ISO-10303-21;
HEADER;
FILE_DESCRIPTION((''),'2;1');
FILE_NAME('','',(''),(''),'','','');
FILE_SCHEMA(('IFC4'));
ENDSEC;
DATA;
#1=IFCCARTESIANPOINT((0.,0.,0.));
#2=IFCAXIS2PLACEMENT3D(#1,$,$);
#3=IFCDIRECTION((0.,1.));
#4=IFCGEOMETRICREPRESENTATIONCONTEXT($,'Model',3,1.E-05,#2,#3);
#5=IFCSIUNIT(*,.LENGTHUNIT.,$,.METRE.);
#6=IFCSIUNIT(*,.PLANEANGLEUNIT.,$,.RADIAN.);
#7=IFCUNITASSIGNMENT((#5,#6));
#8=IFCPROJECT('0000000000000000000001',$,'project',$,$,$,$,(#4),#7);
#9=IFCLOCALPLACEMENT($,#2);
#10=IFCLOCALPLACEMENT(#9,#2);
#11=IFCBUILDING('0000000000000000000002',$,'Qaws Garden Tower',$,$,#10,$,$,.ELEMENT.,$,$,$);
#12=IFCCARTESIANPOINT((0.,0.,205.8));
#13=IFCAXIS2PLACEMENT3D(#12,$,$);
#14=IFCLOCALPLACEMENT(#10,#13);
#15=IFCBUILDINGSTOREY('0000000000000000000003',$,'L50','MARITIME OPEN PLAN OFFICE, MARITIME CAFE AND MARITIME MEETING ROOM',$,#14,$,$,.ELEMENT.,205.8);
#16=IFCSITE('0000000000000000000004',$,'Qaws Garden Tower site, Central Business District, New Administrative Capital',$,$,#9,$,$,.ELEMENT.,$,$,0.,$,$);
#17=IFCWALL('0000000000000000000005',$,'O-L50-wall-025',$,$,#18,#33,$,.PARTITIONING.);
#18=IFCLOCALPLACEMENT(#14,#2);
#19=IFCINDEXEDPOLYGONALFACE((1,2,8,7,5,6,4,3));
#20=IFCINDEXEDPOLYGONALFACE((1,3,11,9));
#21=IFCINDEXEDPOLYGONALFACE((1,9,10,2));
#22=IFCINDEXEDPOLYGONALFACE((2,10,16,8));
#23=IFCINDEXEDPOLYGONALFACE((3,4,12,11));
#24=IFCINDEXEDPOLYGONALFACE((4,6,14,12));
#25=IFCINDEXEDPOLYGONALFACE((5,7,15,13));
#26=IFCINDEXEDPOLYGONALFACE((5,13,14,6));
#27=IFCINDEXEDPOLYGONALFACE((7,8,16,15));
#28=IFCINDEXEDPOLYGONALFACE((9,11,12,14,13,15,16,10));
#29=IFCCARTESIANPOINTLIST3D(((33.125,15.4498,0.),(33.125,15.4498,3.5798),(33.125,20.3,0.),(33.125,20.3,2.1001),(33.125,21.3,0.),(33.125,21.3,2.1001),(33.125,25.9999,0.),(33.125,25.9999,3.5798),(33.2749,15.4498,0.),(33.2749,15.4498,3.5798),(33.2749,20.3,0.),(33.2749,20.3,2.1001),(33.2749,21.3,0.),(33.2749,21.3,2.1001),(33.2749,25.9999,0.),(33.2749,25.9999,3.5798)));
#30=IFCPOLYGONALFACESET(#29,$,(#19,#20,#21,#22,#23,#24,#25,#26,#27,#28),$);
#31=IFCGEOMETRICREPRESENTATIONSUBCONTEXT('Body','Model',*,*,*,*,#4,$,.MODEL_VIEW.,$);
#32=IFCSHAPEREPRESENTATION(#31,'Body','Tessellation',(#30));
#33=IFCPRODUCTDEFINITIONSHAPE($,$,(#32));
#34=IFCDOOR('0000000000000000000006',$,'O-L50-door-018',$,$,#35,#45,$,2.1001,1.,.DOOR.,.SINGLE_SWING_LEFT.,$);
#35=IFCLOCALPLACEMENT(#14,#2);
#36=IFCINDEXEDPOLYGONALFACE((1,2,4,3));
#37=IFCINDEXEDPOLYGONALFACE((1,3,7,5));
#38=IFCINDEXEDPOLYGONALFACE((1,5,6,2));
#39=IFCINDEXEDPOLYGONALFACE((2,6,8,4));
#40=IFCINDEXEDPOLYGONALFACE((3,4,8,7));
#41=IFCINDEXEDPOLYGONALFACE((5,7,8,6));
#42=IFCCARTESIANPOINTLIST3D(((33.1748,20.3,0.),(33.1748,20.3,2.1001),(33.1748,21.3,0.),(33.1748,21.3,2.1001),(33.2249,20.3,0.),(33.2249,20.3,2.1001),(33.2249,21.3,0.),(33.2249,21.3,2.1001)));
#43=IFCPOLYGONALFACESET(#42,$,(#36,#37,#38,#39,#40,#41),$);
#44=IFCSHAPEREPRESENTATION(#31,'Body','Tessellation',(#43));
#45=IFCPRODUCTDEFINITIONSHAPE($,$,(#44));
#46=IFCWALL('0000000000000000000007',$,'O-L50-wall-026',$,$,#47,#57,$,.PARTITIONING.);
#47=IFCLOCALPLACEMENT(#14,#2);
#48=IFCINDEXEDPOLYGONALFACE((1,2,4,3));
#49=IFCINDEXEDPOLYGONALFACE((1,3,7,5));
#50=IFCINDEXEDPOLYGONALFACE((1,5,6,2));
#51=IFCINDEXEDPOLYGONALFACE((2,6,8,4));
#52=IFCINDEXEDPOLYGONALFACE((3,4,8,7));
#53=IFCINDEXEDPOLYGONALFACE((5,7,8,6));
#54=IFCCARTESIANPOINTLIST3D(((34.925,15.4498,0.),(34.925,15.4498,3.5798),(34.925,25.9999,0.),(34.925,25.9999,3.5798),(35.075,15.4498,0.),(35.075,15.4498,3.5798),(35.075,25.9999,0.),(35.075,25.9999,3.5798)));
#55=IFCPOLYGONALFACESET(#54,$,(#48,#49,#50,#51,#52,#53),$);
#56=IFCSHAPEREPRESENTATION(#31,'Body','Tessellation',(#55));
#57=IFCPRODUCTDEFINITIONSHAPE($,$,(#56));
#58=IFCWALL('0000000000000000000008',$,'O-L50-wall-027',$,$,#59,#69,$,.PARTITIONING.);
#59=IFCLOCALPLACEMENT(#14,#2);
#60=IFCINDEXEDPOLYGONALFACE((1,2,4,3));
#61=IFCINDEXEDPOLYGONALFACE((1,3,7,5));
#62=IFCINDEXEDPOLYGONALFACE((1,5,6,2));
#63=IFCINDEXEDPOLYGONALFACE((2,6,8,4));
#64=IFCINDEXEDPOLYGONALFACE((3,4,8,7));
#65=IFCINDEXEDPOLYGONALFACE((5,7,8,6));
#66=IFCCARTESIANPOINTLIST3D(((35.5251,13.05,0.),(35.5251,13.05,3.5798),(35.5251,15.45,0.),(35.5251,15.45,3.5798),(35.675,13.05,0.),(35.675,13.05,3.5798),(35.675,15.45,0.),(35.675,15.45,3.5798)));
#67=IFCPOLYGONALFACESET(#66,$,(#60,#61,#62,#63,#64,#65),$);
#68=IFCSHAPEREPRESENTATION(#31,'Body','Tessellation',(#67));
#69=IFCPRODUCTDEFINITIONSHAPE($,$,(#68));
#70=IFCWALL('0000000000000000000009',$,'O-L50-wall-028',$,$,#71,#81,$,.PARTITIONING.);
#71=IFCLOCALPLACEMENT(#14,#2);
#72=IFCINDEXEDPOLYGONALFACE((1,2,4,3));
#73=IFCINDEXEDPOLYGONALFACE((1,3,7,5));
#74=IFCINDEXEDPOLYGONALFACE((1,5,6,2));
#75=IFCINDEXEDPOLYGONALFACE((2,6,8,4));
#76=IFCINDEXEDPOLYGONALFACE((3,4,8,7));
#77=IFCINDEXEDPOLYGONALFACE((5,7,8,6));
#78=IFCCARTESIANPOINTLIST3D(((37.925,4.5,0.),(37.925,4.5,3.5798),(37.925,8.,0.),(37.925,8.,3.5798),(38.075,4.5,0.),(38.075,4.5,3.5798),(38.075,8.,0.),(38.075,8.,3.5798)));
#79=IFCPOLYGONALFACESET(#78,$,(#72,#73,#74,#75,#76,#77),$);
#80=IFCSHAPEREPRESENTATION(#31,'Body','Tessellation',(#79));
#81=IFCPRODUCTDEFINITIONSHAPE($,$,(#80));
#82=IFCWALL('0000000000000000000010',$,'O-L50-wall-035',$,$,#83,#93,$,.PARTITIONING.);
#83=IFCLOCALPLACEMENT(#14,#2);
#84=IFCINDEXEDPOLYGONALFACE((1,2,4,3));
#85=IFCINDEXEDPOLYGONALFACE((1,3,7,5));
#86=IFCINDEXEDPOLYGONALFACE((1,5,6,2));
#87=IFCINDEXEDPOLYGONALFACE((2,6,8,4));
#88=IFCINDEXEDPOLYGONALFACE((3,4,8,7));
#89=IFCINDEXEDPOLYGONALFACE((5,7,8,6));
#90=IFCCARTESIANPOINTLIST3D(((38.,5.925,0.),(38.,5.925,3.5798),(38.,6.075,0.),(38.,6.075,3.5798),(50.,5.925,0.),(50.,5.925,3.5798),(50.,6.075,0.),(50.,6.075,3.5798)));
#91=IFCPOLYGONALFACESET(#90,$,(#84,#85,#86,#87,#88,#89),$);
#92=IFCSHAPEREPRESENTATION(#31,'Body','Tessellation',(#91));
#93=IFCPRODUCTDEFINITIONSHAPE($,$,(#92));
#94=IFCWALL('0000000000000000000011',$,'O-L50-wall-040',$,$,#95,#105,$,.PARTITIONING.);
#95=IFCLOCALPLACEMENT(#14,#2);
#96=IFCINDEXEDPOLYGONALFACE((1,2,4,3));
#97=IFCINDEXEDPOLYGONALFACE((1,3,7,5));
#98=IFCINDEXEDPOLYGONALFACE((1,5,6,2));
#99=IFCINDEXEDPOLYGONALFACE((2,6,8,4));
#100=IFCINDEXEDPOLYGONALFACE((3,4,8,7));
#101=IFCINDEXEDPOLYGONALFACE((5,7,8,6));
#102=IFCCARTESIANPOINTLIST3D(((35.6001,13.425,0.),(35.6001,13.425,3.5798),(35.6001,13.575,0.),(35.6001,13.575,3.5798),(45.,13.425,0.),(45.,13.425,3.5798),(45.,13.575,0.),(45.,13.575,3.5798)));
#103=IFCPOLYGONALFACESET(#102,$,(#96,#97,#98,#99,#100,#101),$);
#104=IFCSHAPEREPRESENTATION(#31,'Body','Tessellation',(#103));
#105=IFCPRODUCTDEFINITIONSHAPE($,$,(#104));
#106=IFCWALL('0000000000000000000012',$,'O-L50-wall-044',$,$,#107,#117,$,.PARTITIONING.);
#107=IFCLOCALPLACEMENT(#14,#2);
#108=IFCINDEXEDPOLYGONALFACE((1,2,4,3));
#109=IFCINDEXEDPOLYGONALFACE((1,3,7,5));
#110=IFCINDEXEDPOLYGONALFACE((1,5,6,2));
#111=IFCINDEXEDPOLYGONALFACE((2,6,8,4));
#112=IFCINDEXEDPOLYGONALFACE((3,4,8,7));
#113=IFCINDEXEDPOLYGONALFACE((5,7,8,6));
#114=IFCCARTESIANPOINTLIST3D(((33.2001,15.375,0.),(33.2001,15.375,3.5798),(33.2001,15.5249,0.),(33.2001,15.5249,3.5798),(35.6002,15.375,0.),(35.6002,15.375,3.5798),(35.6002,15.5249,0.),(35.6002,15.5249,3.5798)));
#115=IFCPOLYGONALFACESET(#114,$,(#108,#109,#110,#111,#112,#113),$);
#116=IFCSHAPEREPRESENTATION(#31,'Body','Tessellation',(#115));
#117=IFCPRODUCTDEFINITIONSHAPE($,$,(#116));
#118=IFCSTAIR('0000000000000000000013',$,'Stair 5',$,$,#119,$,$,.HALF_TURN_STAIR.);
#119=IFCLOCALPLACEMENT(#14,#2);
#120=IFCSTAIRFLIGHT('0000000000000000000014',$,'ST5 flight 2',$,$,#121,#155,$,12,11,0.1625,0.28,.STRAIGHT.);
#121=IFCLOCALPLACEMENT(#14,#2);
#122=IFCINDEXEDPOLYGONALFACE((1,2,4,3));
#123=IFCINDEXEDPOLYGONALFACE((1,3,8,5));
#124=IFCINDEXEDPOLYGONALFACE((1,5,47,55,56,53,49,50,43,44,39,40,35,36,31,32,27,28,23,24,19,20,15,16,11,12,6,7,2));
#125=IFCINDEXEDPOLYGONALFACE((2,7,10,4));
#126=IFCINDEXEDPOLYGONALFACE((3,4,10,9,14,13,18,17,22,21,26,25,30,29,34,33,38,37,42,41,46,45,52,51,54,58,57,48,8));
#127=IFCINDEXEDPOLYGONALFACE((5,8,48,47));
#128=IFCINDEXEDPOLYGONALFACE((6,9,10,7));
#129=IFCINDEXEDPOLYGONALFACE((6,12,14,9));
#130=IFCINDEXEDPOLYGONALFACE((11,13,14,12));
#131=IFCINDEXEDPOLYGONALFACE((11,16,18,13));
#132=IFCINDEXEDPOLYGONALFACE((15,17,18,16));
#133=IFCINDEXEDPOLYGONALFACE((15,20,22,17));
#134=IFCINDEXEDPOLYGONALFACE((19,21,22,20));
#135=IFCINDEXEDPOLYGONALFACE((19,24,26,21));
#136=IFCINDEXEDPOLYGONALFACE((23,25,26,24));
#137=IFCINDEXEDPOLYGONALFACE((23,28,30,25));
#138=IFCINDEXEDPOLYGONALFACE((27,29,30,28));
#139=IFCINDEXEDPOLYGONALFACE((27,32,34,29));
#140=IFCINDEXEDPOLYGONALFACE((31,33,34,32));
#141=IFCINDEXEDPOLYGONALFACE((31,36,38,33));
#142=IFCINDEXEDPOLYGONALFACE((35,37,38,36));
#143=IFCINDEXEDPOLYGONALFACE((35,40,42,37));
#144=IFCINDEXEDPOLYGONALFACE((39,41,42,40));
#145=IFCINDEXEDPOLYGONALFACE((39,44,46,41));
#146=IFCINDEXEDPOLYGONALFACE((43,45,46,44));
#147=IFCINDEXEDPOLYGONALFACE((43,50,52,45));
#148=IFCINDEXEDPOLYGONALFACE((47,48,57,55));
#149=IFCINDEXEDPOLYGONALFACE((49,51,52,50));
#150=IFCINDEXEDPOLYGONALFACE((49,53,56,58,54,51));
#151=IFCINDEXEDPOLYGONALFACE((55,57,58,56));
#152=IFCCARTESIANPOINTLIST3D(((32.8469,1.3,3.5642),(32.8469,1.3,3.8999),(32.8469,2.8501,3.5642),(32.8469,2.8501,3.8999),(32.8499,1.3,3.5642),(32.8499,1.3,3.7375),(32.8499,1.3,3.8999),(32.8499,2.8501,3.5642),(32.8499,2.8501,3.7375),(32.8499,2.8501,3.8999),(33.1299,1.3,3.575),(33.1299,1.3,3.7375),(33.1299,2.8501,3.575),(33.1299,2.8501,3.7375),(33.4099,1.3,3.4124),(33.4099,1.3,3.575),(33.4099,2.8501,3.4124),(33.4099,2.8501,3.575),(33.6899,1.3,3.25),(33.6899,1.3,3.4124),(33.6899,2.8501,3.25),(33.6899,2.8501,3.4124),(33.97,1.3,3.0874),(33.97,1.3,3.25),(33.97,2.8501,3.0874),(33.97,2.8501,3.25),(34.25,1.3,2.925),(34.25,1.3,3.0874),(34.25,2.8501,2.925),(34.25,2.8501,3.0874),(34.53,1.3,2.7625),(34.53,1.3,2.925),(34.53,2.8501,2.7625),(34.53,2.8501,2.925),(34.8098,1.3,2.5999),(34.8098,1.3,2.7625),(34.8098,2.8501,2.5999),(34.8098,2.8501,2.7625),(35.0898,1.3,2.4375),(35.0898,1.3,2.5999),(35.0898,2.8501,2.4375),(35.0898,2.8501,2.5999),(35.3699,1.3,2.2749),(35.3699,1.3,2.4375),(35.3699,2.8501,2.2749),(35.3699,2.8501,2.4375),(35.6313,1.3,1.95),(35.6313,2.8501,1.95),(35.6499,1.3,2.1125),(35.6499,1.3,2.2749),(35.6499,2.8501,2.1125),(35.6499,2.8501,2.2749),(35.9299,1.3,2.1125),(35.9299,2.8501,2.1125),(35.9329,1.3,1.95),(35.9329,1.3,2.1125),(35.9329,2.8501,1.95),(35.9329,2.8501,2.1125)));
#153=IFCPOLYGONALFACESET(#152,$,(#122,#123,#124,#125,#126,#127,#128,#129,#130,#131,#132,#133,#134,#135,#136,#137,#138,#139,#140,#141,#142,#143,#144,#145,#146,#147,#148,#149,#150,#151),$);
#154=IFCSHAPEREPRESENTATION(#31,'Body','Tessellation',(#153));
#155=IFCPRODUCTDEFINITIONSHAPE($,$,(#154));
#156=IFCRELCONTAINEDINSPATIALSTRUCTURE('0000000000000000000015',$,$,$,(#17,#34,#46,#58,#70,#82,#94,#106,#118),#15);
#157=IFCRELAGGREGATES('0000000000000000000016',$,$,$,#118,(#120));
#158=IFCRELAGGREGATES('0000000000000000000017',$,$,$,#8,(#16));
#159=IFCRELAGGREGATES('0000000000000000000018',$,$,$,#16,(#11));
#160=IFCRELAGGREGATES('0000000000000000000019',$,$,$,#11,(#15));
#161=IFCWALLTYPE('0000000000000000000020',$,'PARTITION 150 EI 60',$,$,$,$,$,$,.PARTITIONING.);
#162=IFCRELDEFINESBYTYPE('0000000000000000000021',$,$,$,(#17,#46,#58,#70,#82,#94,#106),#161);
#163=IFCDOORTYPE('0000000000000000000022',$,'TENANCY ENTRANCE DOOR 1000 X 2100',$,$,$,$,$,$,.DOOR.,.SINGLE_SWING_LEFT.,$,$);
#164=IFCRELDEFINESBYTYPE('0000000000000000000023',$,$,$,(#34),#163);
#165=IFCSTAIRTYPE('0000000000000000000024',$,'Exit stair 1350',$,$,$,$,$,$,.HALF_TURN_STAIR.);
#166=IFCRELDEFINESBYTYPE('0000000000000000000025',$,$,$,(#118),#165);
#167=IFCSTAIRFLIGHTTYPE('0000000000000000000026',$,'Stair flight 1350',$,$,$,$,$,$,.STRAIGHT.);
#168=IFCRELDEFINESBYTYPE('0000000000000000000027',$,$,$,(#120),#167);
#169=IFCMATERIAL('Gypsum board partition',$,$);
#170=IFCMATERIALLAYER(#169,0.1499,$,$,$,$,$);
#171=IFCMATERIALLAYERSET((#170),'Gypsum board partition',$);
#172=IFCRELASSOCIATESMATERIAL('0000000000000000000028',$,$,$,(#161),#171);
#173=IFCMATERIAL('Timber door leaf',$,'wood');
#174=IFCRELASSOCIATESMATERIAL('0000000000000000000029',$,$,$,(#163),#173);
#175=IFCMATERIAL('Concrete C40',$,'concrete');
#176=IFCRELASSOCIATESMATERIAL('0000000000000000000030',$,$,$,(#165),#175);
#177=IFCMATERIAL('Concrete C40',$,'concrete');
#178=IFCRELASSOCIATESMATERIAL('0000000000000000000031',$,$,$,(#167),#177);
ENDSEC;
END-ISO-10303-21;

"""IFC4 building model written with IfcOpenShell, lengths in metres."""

from ifc_helpers import new_model, si_unit, direction, frame, frame_2d, origin, place, context, subcontext, project, spatial, polyline, rectangle, outline, extrude, material, layer, layer_set, type_object, element, fill, aggregate, save


model = new_model("IFC4")

# Units and contexts
model_context = context("Model", 3, precision=1e-05, world=origin(), true_north=direction((0.0, 1.0)))
body_context = subcontext(model_context, "Body", "Model", "MODEL_VIEW")
ifc_project = project(units=[si_unit("LENGTHUNIT", "METRE"), si_unit("PLANEANGLEUNIT", "RADIAN")], contexts=[model_context])

# Site, building, storey
site_placement = place(None, origin())
site = spatial("IfcSite", under=ifc_project, at=site_placement, Name="Qaws Garden Tower site, Central Business District, New Administrative Capital", CompositionType="ELEMENT", RefElevation=0.0)
building_placement = place(site_placement, origin())
building = spatial("IfcBuilding", under=site, at=building_placement, Name="Qaws Garden Tower", CompositionType="ELEMENT")
storey_placement = place(building_placement, frame((0.0, 0.0, 205.8)))
storey = spatial("IfcBuildingStorey", under=building, at=storey_placement, Name="L50", Description="MARITIME OPEN PLAN OFFICE, MARITIME CAFE AND MARITIME MEETING ROOM", CompositionType="ELEMENT", Elevation=205.8)

# Wall, opening, door
ifc_material_1 = material(Name="Gypsum board partition")
ifc_layer_1 = layer(ifc_material_1, 0.1499)
ifc_layer_set_1 = layer_set([ifc_layer_1], Name="Gypsum board partition")
wall_type_1 = type_object("IfcWallType", Name="PARTITION 150 EI 60", PredefinedType="PARTITIONING", material=ifc_layer_set_1)
wall_1_placement = place(storey_placement, frame((33.2, 15.45, 0.0), z_axis=(0.0, 0.0, 1.0), x_axis=(0.0, 1.0, 0.0)))
wall_1 = element("IfcWall", 1, at=wall_1_placement, inside=storey, type_object=wall_type_1, Name="O-L50-wall-025", PredefinedType="PARTITIONING", context=body_context, shape_type="SweptSolid", body=[
    extrude(rectangle(XDim=10.55, YDim=0.1499, at=frame_2d((5.2749, 0.0))), origin(), (0.0, 0.0, 1.0), 3.5798),
])
opening_1_placement = place(wall_1_placement, frame((4.8501, 0.0, 0.0)))
opening_1 = element("IfcOpeningElement", 2, at=opening_1_placement, cuts=wall_1, PredefinedType="OPENING", context=body_context, shape_type="SweptSolid", body=[
    extrude(rectangle(XDim=1.0, YDim=2.1001, at=frame_2d((0.5, 1.05))), frame((0.0, 0.085, 0.0), z_axis=(0.0, -1.0, 0.0), x_axis=(1.0, 0.0, 0.0)), (0.0, 0.0, 1.0), 0.1699),
])
ifc_material_2 = material(Name="Timber door leaf", Category="wood")
door_type_1 = type_object("IfcDoorType", Name="TENANCY ENTRANCE DOOR 1000 X 2100", OperationType="SINGLE_SWING_LEFT", PredefinedType="DOOR", material=ifc_material_2)
door_1_placement = place(opening_1_placement, frame((1.0, 0.0, 0.0), z_axis=(0.0, 0.0, 1.0), x_axis=(-1.0, 0.0, 0.0)))
door_1 = element("IfcDoor", 3, at=door_1_placement, inside=storey, type_object=door_type_1, Name="O-L50-door-018", OperationType="SINGLE_SWING_LEFT", OverallHeight=2.1001, OverallWidth=1.0, PredefinedType="DOOR", context=body_context, shape_type="SweptSolid", body=[
    extrude(rectangle(XDim=1.0, YDim=2.1001, at=frame_2d((0.5, 1.05))), frame((0.0, 0.0249, 0.0), z_axis=(0.0, -1.0, 0.0), x_axis=(1.0, 0.0, 0.0)), (0.0, 0.0, 1.0), 0.05),
])
fill(opening_1, door_1)

# Walls
wall_2_placement = place(storey_placement, frame((35.0, 15.45, 0.0), z_axis=(0.0, 0.0, 1.0), x_axis=(0.0, 1.0, 0.0)))
element("IfcWall", 4, at=wall_2_placement, inside=storey, type_object=wall_type_1, Name="O-L50-wall-026", PredefinedType="PARTITIONING", context=body_context, shape_type="SweptSolid", body=[
    extrude(rectangle(XDim=10.55, YDim=0.1499, at=frame_2d((5.2749, 0.0))), origin(), (0.0, 0.0, 1.0), 3.5798),
])
wall_3_placement = place(storey_placement, frame((35.6001, 13.05, 0.0), z_axis=(0.0, 0.0, 1.0), x_axis=(0.0, 1.0, 0.0)))
element("IfcWall", 5, at=wall_3_placement, inside=storey, type_object=wall_type_1, Name="O-L50-wall-027", PredefinedType="PARTITIONING", context=body_context, shape_type="SweptSolid", body=[
    extrude(rectangle(XDim=2.3999, YDim=0.1499, at=frame_2d((1.2, 0.0))), origin(), (0.0, 0.0, 1.0), 3.5798),
])
wall_4_placement = place(storey_placement, frame((38.0, 4.5, 0.0), z_axis=(0.0, 0.0, 1.0), x_axis=(0.0, 1.0, 0.0)))
element("IfcWall", 6, at=wall_4_placement, inside=storey, type_object=wall_type_1, Name="O-L50-wall-028", PredefinedType="PARTITIONING", context=body_context, shape_type="SweptSolid", body=[
    extrude(rectangle(XDim=3.5, YDim=0.1499, at=frame_2d((1.75, 0.0))), origin(), (0.0, 0.0, 1.0), 3.5798),
])
wall_5_placement = place(storey_placement, frame((38.0, 6.0, 0.0), z_axis=(0.0, 0.0, 1.0), x_axis=(1.0, 0.0, 0.0)))
element("IfcWall", 7, at=wall_5_placement, inside=storey, type_object=wall_type_1, Name="O-L50-wall-035", PredefinedType="PARTITIONING", context=body_context, shape_type="SweptSolid", body=[
    extrude(rectangle(XDim=12.0, YDim=0.1499, at=frame_2d((6.0, 0.0))), origin(), (0.0, 0.0, 1.0), 3.5798),
])
wall_6_placement = place(storey_placement, frame((35.6001, 13.5, 0.0), z_axis=(0.0, 0.0, 1.0), x_axis=(1.0, 0.0, 0.0)))
element("IfcWall", 8, at=wall_6_placement, inside=storey, type_object=wall_type_1, Name="O-L50-wall-040", PredefinedType="PARTITIONING", context=body_context, shape_type="SweptSolid", body=[
    extrude(rectangle(XDim=9.3999, YDim=0.1499, at=frame_2d((4.7, 0.0))), origin(), (0.0, 0.0, 1.0), 3.5798),
])
wall_7_placement = place(storey_placement, frame((33.2, 15.45, 0.0), z_axis=(0.0, 0.0, 1.0), x_axis=(1.0, 0.0, 0.0)))
element("IfcWall", 9, at=wall_7_placement, inside=storey, type_object=wall_type_1, Name="O-L50-wall-044", PredefinedType="PARTITIONING", context=body_context, shape_type="SweptSolid", body=[
    extrude(rectangle(XDim=2.4001, YDim=0.1499, at=frame_2d((1.2002, 0.0))), origin(), (0.0, 0.0, 1.0), 3.5798),
])

# Stair, stair flight
ifc_material_3 = material(Name="Concrete C40", Category="concrete")
stair_type = type_object("IfcStairType", Name="Exit stair 1350", PredefinedType="HALF_TURN_STAIR", material=ifc_material_3)
stair_placement = place(storey_placement, origin())
stair = element("IfcStair", 10, at=stair_placement, inside=storey, type_object=stair_type, Name="Stair 5", PredefinedType="HALF_TURN_STAIR")
ifc_material_4 = material(Name="Concrete C40", Category="concrete")
stair_flight_type = type_object("IfcStairFlightType", Name="Stair flight 1350", PredefinedType="STRAIGHT", material=ifc_material_4)
stair_flight_placement = place(storey_placement, frame((35.9299, 2.075, 1.95), z_axis=(0.0, 0.0, 1.0), x_axis=(-1.0, 0.0, 0.0)))
stair_flight = element("IfcStairFlight", 11, at=stair_flight_placement, type_object=stair_flight_type, Name="ST5 flight 2", NumberOfRisers=12, NumberOfTreads=11, PredefinedType="STRAIGHT", RiserHeight=0.1625, TreadLength=0.28, context=body_context, shape_type="SweptSolid", body=[
    extrude(outline(polyline([(-0.0029, 0.0), (-0.0029, 0.1626), (0.0, 0.1626), (0.28, 0.1626), (0.28, 0.325), (0.5601, 0.325), (0.5601, 0.4875), (0.8401, 0.4875), (0.8401, 0.6499), (1.1201, 0.6499), (1.1201, 0.8125), (1.3999, 0.8125), (1.3999, 0.9751), (1.6799, 0.9751), (1.6799, 1.1375), (1.96, 1.1375), (1.96, 1.3), (2.24, 1.3), (2.24, 1.4624), (2.52, 1.4624), (2.52, 1.625), (2.8, 1.625), (2.8, 1.7876), (3.0801, 1.7876), (3.0801, 1.95), (3.083, 1.95), (3.083, 1.6143), (3.0801, 1.6143), (0.2986, 0.0), (-0.0029, 0.0)])), frame((0.0, 0.7749, 0.0), z_axis=(0.0, -1.0, 0.0), x_axis=(1.0, 0.0, 0.0)), (0.0, 0.0, 1.0), 1.55),
])
aggregate(stair, [stair_flight])

save(model, "model.ifc")
